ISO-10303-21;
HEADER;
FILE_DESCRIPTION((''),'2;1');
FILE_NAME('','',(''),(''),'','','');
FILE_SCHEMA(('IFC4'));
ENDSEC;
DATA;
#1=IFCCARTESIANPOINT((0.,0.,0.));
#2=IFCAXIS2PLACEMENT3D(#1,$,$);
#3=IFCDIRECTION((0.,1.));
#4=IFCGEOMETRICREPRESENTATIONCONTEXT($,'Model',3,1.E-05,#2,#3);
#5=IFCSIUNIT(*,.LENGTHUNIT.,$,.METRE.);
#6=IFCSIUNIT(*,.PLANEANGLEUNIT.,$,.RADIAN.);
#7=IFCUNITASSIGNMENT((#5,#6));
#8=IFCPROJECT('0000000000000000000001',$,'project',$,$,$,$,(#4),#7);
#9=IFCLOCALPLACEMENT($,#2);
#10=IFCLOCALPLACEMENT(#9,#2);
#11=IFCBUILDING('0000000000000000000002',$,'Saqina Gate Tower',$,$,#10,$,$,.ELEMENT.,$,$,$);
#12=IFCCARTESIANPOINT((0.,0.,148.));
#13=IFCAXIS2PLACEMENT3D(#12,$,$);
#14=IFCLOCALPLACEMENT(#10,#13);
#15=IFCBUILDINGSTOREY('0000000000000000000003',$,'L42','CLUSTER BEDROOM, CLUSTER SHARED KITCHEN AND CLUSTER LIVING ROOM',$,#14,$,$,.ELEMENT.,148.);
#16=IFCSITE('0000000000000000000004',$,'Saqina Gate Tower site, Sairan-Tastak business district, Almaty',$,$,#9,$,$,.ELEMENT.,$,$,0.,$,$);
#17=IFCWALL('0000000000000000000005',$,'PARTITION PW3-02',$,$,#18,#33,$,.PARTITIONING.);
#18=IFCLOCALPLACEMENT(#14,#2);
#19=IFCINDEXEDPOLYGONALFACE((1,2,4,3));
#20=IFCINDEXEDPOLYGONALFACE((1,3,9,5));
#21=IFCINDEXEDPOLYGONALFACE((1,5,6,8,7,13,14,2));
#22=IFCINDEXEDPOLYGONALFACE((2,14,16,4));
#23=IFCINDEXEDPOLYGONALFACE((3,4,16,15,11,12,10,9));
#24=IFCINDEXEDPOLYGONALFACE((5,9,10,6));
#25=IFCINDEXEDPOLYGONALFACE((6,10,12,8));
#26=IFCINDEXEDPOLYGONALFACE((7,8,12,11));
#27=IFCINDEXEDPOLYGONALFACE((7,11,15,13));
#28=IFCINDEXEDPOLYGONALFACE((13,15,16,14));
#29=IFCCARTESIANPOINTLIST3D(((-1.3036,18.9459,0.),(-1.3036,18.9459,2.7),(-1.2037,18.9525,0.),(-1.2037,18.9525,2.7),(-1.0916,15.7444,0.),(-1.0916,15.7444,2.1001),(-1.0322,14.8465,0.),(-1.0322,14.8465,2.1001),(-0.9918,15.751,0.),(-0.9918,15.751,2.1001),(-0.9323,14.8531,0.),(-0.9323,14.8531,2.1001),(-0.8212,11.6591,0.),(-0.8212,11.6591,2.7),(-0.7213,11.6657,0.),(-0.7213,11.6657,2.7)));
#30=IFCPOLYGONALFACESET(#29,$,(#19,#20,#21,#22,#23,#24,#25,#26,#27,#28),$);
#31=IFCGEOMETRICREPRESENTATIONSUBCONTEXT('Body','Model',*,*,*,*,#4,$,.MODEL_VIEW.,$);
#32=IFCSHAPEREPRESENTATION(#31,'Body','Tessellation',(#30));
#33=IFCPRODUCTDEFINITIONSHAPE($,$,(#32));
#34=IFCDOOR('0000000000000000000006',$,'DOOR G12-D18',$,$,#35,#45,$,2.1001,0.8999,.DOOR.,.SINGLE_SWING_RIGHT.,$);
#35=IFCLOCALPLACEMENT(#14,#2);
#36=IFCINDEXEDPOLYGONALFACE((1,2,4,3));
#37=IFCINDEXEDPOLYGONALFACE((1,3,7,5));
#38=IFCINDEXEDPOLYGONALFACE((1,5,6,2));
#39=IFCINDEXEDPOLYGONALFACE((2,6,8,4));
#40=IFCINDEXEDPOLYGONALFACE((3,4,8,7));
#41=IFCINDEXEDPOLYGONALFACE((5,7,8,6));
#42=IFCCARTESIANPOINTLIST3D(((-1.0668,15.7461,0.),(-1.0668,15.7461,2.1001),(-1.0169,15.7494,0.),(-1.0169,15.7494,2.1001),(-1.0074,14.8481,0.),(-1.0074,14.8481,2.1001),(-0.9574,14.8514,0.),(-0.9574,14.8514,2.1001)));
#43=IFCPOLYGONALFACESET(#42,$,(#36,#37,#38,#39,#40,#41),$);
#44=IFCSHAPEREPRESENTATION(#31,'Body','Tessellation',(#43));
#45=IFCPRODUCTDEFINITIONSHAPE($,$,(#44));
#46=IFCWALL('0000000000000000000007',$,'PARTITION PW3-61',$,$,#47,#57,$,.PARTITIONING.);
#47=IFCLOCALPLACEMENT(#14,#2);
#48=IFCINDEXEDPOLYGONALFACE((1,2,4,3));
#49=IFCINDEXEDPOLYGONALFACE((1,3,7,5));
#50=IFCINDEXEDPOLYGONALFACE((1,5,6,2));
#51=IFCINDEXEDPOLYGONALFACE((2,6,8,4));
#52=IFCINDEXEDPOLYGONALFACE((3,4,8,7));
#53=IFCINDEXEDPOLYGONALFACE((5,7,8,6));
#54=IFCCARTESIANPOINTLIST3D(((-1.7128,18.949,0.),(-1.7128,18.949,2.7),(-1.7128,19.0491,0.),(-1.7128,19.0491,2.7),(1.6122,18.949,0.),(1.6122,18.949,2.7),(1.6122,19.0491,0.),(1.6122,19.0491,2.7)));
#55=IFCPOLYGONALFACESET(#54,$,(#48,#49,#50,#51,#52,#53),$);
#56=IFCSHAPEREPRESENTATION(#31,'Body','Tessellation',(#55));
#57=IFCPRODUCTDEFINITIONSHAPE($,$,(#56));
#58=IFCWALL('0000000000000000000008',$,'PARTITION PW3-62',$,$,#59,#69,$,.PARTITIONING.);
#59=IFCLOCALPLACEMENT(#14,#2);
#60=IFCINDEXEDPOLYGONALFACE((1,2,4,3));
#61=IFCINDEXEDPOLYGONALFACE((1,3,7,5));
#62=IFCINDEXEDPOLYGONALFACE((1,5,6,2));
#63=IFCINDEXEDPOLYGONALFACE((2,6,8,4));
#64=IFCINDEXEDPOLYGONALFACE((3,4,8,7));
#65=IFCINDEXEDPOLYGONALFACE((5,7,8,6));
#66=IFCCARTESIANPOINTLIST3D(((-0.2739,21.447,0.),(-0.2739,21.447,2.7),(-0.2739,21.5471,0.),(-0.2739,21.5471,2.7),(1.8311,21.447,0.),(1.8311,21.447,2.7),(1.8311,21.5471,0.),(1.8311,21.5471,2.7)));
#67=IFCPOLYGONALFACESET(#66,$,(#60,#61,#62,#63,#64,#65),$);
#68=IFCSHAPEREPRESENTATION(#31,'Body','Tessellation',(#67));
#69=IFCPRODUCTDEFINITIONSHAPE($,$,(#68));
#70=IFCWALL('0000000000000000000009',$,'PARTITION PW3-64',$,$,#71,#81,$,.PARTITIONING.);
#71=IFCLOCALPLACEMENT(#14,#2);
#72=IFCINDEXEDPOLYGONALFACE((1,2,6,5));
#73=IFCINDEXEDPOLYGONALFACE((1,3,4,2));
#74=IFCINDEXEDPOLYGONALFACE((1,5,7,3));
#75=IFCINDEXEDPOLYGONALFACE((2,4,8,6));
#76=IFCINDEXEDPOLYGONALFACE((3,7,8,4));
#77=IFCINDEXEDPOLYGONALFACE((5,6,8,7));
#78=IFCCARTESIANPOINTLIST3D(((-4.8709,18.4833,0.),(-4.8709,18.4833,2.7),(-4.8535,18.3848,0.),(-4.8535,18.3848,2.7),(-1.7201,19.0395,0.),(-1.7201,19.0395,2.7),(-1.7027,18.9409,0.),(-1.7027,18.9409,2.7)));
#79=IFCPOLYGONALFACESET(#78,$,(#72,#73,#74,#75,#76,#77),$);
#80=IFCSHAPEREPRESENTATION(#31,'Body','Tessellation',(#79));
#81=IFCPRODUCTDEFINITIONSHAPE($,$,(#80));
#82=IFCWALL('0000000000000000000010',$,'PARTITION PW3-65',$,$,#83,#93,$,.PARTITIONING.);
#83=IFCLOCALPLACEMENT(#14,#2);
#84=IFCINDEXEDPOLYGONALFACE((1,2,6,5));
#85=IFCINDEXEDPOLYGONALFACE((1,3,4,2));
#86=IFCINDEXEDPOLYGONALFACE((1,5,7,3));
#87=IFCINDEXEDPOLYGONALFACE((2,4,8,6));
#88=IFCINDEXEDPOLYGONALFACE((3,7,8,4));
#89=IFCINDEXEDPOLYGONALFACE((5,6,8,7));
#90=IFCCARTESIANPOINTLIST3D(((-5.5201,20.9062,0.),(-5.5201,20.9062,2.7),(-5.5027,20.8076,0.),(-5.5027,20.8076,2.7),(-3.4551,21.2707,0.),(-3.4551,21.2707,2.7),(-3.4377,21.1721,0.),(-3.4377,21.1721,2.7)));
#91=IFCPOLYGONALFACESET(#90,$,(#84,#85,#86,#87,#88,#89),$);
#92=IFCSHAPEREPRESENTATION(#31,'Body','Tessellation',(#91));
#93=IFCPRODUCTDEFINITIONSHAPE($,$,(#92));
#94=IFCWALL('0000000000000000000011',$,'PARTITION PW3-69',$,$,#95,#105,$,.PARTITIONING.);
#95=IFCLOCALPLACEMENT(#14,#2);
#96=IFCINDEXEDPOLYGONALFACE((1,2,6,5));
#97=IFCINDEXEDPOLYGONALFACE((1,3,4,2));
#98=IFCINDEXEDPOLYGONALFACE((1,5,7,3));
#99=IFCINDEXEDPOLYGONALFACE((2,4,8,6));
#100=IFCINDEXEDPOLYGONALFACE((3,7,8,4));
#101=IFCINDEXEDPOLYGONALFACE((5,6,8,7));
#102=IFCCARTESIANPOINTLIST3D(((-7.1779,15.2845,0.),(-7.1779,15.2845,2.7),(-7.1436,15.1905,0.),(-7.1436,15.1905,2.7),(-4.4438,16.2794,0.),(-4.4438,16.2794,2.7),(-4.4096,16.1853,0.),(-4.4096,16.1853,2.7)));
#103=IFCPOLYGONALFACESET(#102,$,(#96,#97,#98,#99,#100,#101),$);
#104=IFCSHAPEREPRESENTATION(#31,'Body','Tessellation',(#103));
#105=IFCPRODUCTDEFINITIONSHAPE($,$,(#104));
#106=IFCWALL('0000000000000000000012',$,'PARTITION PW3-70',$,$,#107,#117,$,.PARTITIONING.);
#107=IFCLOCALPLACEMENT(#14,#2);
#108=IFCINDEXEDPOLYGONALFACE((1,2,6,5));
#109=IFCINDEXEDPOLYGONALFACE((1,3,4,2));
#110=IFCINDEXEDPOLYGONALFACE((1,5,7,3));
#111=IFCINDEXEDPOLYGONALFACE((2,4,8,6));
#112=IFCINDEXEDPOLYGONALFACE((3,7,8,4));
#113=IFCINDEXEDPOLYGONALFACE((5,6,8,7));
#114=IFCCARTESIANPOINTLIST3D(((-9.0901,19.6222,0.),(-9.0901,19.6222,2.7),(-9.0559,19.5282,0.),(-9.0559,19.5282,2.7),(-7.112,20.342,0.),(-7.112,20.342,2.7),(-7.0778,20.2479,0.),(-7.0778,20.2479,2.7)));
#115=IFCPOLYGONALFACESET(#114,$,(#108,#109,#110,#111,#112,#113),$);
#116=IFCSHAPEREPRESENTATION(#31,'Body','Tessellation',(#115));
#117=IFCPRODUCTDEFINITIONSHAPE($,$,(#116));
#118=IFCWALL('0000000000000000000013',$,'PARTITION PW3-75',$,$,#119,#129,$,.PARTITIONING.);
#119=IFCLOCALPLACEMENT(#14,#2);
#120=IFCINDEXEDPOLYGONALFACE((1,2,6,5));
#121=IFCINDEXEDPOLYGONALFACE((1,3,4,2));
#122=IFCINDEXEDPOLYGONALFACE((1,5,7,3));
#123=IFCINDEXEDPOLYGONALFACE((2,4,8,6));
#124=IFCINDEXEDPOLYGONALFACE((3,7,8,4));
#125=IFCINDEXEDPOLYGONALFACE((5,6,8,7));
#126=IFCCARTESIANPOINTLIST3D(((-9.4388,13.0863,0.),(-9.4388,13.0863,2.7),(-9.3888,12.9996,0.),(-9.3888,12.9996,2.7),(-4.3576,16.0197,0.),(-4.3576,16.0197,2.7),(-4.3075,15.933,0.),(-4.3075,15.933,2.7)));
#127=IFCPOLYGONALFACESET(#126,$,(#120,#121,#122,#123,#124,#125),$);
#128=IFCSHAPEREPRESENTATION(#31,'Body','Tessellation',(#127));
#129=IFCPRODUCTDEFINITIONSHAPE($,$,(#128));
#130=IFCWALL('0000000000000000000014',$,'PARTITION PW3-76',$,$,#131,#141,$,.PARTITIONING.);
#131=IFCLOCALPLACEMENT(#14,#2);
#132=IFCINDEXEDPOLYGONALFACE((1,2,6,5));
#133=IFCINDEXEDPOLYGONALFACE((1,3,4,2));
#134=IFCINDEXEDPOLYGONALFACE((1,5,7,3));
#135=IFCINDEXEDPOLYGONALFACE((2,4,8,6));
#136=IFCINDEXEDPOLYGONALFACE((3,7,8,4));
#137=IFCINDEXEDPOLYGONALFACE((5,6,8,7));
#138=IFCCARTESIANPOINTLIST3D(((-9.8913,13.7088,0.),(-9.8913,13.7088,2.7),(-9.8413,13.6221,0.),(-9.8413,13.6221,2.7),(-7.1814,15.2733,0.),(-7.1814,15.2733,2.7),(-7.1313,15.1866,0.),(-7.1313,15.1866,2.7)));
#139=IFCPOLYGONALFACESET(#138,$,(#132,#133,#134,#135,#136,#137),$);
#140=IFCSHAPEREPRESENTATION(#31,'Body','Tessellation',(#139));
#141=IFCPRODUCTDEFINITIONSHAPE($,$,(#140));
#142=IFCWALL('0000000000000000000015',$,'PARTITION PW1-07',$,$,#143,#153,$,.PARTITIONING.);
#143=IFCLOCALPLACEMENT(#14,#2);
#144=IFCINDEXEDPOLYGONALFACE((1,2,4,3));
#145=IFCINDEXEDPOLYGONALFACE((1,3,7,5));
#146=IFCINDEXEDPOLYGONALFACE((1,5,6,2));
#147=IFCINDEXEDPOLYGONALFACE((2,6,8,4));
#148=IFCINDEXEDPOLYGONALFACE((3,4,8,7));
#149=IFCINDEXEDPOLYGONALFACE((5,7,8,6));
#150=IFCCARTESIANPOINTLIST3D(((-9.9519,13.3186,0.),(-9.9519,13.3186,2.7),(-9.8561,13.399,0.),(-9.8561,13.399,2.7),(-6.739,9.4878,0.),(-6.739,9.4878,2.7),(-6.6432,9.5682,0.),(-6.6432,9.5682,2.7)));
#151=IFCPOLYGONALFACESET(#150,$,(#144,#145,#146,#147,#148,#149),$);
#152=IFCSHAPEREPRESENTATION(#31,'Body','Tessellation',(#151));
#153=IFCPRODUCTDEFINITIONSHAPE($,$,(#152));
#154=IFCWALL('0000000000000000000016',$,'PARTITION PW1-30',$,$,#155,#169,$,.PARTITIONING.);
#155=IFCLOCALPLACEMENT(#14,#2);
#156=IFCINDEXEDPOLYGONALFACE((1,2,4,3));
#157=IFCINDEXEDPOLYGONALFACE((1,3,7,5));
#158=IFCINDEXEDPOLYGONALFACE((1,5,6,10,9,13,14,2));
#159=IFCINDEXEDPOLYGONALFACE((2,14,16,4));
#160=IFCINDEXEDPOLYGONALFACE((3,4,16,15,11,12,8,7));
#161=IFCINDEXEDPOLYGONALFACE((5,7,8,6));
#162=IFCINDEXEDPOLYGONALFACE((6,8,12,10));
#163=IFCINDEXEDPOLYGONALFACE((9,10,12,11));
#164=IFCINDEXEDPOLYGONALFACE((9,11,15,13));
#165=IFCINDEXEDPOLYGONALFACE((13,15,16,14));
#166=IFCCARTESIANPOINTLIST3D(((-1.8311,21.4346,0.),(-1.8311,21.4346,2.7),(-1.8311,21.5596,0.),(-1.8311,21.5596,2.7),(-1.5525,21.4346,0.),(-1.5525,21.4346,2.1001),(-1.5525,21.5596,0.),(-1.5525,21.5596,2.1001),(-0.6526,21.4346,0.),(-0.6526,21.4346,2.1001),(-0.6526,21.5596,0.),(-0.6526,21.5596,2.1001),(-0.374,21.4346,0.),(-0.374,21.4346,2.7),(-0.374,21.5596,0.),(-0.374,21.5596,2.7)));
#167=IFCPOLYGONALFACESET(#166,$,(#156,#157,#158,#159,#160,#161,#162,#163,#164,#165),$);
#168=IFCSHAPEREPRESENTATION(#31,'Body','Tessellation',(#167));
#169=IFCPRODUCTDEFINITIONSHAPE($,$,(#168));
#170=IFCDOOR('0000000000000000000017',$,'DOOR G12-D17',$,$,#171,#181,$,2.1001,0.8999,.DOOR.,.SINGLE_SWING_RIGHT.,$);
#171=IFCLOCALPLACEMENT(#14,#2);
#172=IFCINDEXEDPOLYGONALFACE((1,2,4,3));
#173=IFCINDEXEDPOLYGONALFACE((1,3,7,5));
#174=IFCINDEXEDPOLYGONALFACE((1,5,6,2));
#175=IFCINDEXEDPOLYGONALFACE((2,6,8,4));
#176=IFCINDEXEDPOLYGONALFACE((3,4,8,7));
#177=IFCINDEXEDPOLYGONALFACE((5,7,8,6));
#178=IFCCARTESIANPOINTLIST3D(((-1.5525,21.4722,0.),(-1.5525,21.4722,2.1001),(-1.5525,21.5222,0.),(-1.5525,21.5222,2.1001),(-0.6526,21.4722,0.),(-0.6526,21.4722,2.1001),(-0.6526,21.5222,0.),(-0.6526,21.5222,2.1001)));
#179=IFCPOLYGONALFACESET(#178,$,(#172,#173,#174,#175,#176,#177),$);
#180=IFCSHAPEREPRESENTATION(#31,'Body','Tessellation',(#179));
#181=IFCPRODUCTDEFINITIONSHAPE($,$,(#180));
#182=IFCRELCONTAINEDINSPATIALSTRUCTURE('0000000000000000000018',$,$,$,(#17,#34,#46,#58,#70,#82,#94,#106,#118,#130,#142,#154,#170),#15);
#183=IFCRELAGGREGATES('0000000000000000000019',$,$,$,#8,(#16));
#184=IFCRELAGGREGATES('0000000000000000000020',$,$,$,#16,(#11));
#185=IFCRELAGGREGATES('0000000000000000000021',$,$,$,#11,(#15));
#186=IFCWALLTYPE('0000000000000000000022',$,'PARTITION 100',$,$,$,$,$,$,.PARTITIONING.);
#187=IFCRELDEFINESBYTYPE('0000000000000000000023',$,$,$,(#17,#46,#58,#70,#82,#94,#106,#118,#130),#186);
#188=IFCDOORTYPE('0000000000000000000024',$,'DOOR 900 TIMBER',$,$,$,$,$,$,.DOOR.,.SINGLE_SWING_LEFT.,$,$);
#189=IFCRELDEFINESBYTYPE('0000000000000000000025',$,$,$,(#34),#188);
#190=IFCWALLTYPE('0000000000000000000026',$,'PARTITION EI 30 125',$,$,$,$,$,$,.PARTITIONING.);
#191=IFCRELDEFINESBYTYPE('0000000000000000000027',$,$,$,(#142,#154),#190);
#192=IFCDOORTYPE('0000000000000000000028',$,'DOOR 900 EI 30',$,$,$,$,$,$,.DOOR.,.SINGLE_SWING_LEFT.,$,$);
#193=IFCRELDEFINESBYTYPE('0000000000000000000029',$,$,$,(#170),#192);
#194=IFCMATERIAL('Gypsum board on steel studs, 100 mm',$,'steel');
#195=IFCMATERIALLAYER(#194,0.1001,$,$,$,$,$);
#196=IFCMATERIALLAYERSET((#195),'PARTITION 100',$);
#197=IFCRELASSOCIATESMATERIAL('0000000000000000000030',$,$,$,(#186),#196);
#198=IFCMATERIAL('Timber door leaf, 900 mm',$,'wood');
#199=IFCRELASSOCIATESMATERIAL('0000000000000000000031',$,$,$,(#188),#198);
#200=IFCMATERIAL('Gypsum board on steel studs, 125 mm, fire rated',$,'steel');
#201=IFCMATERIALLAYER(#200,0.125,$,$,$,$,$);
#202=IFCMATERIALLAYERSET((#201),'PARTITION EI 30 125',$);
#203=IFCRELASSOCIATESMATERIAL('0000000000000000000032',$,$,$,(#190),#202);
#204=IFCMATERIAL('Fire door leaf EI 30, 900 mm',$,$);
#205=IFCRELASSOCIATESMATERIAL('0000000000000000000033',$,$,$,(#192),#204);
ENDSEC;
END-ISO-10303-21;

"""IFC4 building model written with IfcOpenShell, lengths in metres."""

from ifc_helpers import new_model, si_unit, direction, frame, frame_2d, origin, place, context, subcontext, project, spatial, rectangle, extrude, material, layer, layer_set, type_object, element, fill, save


model = new_model("IFC4")

# Units and contexts
model_context = context("Model", 3, precision=1e-05, world=origin(), true_north=direction((0.0, 1.0)))
body_context = subcontext(model_context, "Body", "Model", "MODEL_VIEW")
ifc_project = project(units=[si_unit("LENGTHUNIT", "METRE"), si_unit("PLANEANGLEUNIT", "RADIAN")], contexts=[model_context])

# Site, building, storey
site_placement = place(None, origin())
site = spatial("IfcSite", under=ifc_project, at=site_placement, Name="Saqina Gate Tower site, Sairan-Tastak business district, Almaty", CompositionType="ELEMENT", RefElevation=0.0)
building_placement = place(site_placement, origin())
building = spatial("IfcBuilding", under=site, at=building_placement, Name="Saqina Gate Tower", CompositionType="ELEMENT")
storey_placement = place(building_placement, frame((0.0, 0.0, 148.0)))
storey = spatial("IfcBuildingStorey", under=building, at=storey_placement, Name="L42", Description="CLUSTER BEDROOM, CLUSTER SHARED KITCHEN AND CLUSTER LIVING ROOM", CompositionType="ELEMENT", Elevation=148.0)

# Wall, opening, door
ifc_material_1 = material(Name="Gypsum board on steel studs, 100 mm", Category="steel")
ifc_layer_1 = layer(ifc_material_1, 0.1001)
ifc_layer_set_1 = layer_set([ifc_layer_1], Name="PARTITION 100")
wall_type_1 = type_object("IfcWallType", Name="PARTITION 100", PredefinedType="PARTITIONING", material=ifc_layer_set_1)
wall_1_placement = place(storey_placement, frame((-1.2537, 18.9492, 0.0), z_axis=(0.0, 0.0, 1.0), x_axis=(0.06606, -0.997816, 0.0)))
wall_1 = element("IfcWall", 1, at=wall_1_placement, inside=storey, type_object=wall_type_1, Name="PARTITION PW3-02", PredefinedType="PARTITIONING", context=body_context, shape_type="SweptSolid", body=[
    extrude(rectangle(XDim=7.3027, YDim=0.1001, at=frame_2d((3.6514, 0.0))), origin(), (0.0, 0.0, 1.0), 2.7),
])
opening_1_placement = place(wall_1_placement, frame((3.2085, 0.0, 0.0)))
opening_1 = element("IfcOpeningElement", 2, at=opening_1_placement, cuts=wall_1, PredefinedType="OPENING", context=body_context, shape_type="SweptSolid", body=[
    extrude(rectangle(XDim=0.8999, YDim=2.1001, at=frame_2d((0.45, 1.05))), frame((0.0, 0.062, 0.0), z_axis=(0.0, -1.0, 0.0), x_axis=(1.0, 0.0, 0.0)), (0.0, 0.0, 1.0), 0.124),
])
ifc_material_2 = material(Name="Timber door leaf, 900 mm", Category="wood")
door_type_1 = type_object("IfcDoorType", Name="DOOR 900 TIMBER", OperationType="SINGLE_SWING_LEFT", PredefinedType="DOOR", material=ifc_material_2)
door_1_placement = place(opening_1_placement, origin())
door_1 = element("IfcDoor", 3, at=door_1_placement, inside=storey, type_object=door_type_1, Name="DOOR G12-D18", OperationType="SINGLE_SWING_RIGHT", OverallHeight=2.1001, OverallWidth=0.8999, PredefinedType="DOOR", context=body_context, shape_type="SweptSolid", body=[
    extrude(rectangle(XDim=0.8999, YDim=2.1001, at=frame_2d((0.45, 1.05))), frame((0.0, 0.0249, 0.0), z_axis=(0.0, -1.0, 0.0), x_axis=(1.0, 0.0, 0.0)), (0.0, 0.0, 1.0), 0.05),
])
fill(opening_1, door_1)

# Walls
wall_2_placement = place(storey_placement, frame((-1.7129, 18.999, 0.0), z_axis=(0.0, 0.0, 1.0), x_axis=(1.0, 0.0, 0.0)))
element("IfcWall", 4, at=wall_2_placement, inside=storey, type_object=wall_type_1, Name="PARTITION PW3-61", PredefinedType="PARTITIONING", context=body_context, shape_type="SweptSolid", body=[
    extrude(rectangle(XDim=3.325, YDim=0.1001, at=frame_2d((1.6626, 0.0))), origin(), (0.0, 0.0, 1.0), 2.7),
])
wall_3_placement = place(storey_placement, frame((-0.2739, 21.4971, 0.0), z_axis=(0.0, 0.0, 1.0), x_axis=(1.0, 0.0, 0.0)))
element("IfcWall", 5, at=wall_3_placement, inside=storey, type_object=wall_type_1, Name="PARTITION PW3-62", PredefinedType="PARTITIONING", context=body_context, shape_type="SweptSolid", body=[
    extrude(rectangle(XDim=2.105, YDim=0.1001, at=frame_2d((1.0525, 0.0))), origin(), (0.0, 0.0, 1.0), 2.7),
])
wall_4_placement = place(storey_placement, frame((-4.8621, 18.4341, 0.0), z_axis=(0.0, 0.0, 1.0), x_axis=(0.984777, 0.17382, 0.0)))
element("IfcWall", 6, at=wall_4_placement, inside=storey, type_object=wall_type_1, Name="PARTITION PW3-64", PredefinedType="PARTITIONING", context=body_context, shape_type="SweptSolid", body=[
    extrude(rectangle(XDim=3.1995, YDim=0.1001, at=frame_2d((1.5996, 0.0))), origin(), (0.0, 0.0, 1.0), 2.7),
])
wall_5_placement = place(storey_placement, frame((-5.5112, 20.8569, 0.0), z_axis=(0.0, 0.0, 1.0), x_axis=(0.984775, 0.173832, 0.0)))
element("IfcWall", 7, at=wall_5_placement, inside=storey, type_object=wall_type_1, Name="PARTITION PW3-65", PredefinedType="PARTITIONING", context=body_context, shape_type="SweptSolid", body=[
    extrude(rectangle(XDim=2.0969, YDim=0.1001, at=frame_2d((1.0483, 0.0))), origin(), (0.0, 0.0, 1.0), 2.7),
])
wall_6_placement = place(storey_placement, frame((-7.1606, 15.2375, 0.0), z_axis=(0.0, 0.0, 1.0), x_axis=(0.939722, 0.341938, 0.0)))
element("IfcWall", 8, at=wall_6_placement, inside=storey, type_object=wall_type_1, Name="PARTITION PW3-69", PredefinedType="PARTITIONING", context=body_context, shape_type="SweptSolid", body=[
    extrude(rectangle(XDim=2.9094, YDim=0.1001, at=frame_2d((1.4546, 0.0))), origin(), (0.0, 0.0, 1.0), 2.7),
])
wall_7_placement = place(storey_placement, frame((-9.073, 19.5752, 0.0), z_axis=(0.0, 0.0, 1.0), x_axis=(0.939726, 0.341929, 0.0)))
element("IfcWall", 9, at=wall_7_placement, inside=storey, type_object=wall_type_1, Name="PARTITION PW3-70", PredefinedType="PARTITIONING", context=body_context, shape_type="SweptSolid", body=[
    extrude(rectangle(XDim=2.105, YDim=0.1001, at=frame_2d((1.0525, 0.0))), origin(), (0.0, 0.0, 1.0), 2.7),
])
wall_8_placement = place(storey_placement, frame((-9.4138, 13.043, 0.0), z_axis=(0.0, 0.0, 1.0), x_axis=(0.86605, 0.499957, 0.0)))
element("IfcWall", 10, at=wall_8_placement, inside=storey, type_object=wall_type_1, Name="PARTITION PW3-75", PredefinedType="PARTITIONING", context=body_context, shape_type="SweptSolid", body=[
    extrude(rectangle(XDim=5.8672, YDim=0.1001, at=frame_2d((2.9336, 0.0))), origin(), (0.0, 0.0, 1.0), 2.7),
])
wall_9_placement = place(storey_placement, frame((-9.8662, 13.6655, 0.0), z_axis=(0.0, 0.0, 1.0), x_axis=(0.866045, 0.499966, 0.0)))
element("IfcWall", 11, at=wall_9_placement, inside=storey, type_object=wall_type_1, Name="PARTITION PW3-76", PredefinedType="PARTITIONING", context=body_context, shape_type="SweptSolid", body=[
    extrude(rectangle(XDim=3.1292, YDim=0.1001, at=frame_2d((1.5645, 0.0))), origin(), (0.0, 0.0, 1.0), 2.7),
])
ifc_material_3 = material(Name="Gypsum board on steel studs, 125 mm, fire rated", Category="steel")
ifc_layer_2 = layer(ifc_material_3, 0.125)
ifc_layer_set_2 = layer_set([ifc_layer_2], Name="PARTITION EI 30 125")
wall_type_2 = type_object("IfcWallType", Name="PARTITION EI 30 125", PredefinedType="PARTITIONING", material=ifc_layer_set_2)
wall_10_placement = place(storey_placement, frame((-9.9041, 13.3589, 0.0), z_axis=(0.0, 0.0, 1.0), x_axis=(0.642607, -0.766196, 0.0)))
element("IfcWall", 12, at=wall_10_placement, inside=storey, type_object=wall_type_2, Name="PARTITION PW1-07", PredefinedType="PARTITIONING", context=body_context, shape_type="SweptSolid", body=[
    extrude(rectangle(XDim=4.9998, YDim=0.125, at=frame_2d((2.5, 0.0))), origin(), (0.0, 0.0, 1.0), 2.7),
])

# Wall, opening, door
wall_11_placement = place(storey_placement, frame((-1.8311, 21.4971, 0.0), z_axis=(0.0, 0.0, 1.0), x_axis=(1.0, 0.0, 0.0)))
wall_11 = element("IfcWall", 13, at=wall_11_placement, inside=storey, type_object=wall_type_2, Name="PARTITION PW1-30", PredefinedType="PARTITIONING", context=body_context, shape_type="SweptSolid", body=[
    extrude(rectangle(XDim=1.457, YDim=0.125, at=frame_2d((0.7285, 0.0))), origin(), (0.0, 0.0, 1.0), 2.7),
])
opening_2_placement = place(wall_11_placement, frame((0.2786, 0.0, 0.0)))
opening_2 = element("IfcOpeningElement", 14, at=opening_2_placement, cuts=wall_11, PredefinedType="OPENING", context=body_context, shape_type="SweptSolid", body=[
    extrude(rectangle(XDim=0.8999, YDim=2.1001, at=frame_2d((0.45, 1.05))), frame((0.0, 0.0745, 0.0), z_axis=(0.0, -1.0, 0.0), x_axis=(1.0, 0.0, 0.0)), (0.0, 0.0, 1.0), 0.1489),
])
ifc_material_4 = material(Name="Fire door leaf EI 30, 900 mm")
door_type_2 = type_object("IfcDoorType", Name="DOOR 900 EI 30", OperationType="SINGLE_SWING_LEFT", PredefinedType="DOOR", material=ifc_material_4)
door_2_placement = place(opening_2_placement, frame((0.8999, 0.0, 0.0), z_axis=(0.0, 0.0, 1.0), x_axis=(-1.0, 0.0, 0.0)))
door_2 = element("IfcDoor", 15, at=door_2_placement, inside=storey, type_object=door_type_2, Name="DOOR G12-D17", OperationType="SINGLE_SWING_RIGHT", OverallHeight=2.1001, OverallWidth=0.8999, PredefinedType="DOOR", context=body_context, shape_type="SweptSolid", body=[
    extrude(rectangle(XDim=0.8999, YDim=2.1001, at=frame_2d((0.45, 1.05))), frame((0.0, 0.0249, 0.0), z_axis=(0.0, -1.0, 0.0), x_axis=(1.0, 0.0, 0.0)), (0.0, 0.0, 1.0), 0.05),
])
fill(opening_2, door_2)

save(model, "model.ifc")
